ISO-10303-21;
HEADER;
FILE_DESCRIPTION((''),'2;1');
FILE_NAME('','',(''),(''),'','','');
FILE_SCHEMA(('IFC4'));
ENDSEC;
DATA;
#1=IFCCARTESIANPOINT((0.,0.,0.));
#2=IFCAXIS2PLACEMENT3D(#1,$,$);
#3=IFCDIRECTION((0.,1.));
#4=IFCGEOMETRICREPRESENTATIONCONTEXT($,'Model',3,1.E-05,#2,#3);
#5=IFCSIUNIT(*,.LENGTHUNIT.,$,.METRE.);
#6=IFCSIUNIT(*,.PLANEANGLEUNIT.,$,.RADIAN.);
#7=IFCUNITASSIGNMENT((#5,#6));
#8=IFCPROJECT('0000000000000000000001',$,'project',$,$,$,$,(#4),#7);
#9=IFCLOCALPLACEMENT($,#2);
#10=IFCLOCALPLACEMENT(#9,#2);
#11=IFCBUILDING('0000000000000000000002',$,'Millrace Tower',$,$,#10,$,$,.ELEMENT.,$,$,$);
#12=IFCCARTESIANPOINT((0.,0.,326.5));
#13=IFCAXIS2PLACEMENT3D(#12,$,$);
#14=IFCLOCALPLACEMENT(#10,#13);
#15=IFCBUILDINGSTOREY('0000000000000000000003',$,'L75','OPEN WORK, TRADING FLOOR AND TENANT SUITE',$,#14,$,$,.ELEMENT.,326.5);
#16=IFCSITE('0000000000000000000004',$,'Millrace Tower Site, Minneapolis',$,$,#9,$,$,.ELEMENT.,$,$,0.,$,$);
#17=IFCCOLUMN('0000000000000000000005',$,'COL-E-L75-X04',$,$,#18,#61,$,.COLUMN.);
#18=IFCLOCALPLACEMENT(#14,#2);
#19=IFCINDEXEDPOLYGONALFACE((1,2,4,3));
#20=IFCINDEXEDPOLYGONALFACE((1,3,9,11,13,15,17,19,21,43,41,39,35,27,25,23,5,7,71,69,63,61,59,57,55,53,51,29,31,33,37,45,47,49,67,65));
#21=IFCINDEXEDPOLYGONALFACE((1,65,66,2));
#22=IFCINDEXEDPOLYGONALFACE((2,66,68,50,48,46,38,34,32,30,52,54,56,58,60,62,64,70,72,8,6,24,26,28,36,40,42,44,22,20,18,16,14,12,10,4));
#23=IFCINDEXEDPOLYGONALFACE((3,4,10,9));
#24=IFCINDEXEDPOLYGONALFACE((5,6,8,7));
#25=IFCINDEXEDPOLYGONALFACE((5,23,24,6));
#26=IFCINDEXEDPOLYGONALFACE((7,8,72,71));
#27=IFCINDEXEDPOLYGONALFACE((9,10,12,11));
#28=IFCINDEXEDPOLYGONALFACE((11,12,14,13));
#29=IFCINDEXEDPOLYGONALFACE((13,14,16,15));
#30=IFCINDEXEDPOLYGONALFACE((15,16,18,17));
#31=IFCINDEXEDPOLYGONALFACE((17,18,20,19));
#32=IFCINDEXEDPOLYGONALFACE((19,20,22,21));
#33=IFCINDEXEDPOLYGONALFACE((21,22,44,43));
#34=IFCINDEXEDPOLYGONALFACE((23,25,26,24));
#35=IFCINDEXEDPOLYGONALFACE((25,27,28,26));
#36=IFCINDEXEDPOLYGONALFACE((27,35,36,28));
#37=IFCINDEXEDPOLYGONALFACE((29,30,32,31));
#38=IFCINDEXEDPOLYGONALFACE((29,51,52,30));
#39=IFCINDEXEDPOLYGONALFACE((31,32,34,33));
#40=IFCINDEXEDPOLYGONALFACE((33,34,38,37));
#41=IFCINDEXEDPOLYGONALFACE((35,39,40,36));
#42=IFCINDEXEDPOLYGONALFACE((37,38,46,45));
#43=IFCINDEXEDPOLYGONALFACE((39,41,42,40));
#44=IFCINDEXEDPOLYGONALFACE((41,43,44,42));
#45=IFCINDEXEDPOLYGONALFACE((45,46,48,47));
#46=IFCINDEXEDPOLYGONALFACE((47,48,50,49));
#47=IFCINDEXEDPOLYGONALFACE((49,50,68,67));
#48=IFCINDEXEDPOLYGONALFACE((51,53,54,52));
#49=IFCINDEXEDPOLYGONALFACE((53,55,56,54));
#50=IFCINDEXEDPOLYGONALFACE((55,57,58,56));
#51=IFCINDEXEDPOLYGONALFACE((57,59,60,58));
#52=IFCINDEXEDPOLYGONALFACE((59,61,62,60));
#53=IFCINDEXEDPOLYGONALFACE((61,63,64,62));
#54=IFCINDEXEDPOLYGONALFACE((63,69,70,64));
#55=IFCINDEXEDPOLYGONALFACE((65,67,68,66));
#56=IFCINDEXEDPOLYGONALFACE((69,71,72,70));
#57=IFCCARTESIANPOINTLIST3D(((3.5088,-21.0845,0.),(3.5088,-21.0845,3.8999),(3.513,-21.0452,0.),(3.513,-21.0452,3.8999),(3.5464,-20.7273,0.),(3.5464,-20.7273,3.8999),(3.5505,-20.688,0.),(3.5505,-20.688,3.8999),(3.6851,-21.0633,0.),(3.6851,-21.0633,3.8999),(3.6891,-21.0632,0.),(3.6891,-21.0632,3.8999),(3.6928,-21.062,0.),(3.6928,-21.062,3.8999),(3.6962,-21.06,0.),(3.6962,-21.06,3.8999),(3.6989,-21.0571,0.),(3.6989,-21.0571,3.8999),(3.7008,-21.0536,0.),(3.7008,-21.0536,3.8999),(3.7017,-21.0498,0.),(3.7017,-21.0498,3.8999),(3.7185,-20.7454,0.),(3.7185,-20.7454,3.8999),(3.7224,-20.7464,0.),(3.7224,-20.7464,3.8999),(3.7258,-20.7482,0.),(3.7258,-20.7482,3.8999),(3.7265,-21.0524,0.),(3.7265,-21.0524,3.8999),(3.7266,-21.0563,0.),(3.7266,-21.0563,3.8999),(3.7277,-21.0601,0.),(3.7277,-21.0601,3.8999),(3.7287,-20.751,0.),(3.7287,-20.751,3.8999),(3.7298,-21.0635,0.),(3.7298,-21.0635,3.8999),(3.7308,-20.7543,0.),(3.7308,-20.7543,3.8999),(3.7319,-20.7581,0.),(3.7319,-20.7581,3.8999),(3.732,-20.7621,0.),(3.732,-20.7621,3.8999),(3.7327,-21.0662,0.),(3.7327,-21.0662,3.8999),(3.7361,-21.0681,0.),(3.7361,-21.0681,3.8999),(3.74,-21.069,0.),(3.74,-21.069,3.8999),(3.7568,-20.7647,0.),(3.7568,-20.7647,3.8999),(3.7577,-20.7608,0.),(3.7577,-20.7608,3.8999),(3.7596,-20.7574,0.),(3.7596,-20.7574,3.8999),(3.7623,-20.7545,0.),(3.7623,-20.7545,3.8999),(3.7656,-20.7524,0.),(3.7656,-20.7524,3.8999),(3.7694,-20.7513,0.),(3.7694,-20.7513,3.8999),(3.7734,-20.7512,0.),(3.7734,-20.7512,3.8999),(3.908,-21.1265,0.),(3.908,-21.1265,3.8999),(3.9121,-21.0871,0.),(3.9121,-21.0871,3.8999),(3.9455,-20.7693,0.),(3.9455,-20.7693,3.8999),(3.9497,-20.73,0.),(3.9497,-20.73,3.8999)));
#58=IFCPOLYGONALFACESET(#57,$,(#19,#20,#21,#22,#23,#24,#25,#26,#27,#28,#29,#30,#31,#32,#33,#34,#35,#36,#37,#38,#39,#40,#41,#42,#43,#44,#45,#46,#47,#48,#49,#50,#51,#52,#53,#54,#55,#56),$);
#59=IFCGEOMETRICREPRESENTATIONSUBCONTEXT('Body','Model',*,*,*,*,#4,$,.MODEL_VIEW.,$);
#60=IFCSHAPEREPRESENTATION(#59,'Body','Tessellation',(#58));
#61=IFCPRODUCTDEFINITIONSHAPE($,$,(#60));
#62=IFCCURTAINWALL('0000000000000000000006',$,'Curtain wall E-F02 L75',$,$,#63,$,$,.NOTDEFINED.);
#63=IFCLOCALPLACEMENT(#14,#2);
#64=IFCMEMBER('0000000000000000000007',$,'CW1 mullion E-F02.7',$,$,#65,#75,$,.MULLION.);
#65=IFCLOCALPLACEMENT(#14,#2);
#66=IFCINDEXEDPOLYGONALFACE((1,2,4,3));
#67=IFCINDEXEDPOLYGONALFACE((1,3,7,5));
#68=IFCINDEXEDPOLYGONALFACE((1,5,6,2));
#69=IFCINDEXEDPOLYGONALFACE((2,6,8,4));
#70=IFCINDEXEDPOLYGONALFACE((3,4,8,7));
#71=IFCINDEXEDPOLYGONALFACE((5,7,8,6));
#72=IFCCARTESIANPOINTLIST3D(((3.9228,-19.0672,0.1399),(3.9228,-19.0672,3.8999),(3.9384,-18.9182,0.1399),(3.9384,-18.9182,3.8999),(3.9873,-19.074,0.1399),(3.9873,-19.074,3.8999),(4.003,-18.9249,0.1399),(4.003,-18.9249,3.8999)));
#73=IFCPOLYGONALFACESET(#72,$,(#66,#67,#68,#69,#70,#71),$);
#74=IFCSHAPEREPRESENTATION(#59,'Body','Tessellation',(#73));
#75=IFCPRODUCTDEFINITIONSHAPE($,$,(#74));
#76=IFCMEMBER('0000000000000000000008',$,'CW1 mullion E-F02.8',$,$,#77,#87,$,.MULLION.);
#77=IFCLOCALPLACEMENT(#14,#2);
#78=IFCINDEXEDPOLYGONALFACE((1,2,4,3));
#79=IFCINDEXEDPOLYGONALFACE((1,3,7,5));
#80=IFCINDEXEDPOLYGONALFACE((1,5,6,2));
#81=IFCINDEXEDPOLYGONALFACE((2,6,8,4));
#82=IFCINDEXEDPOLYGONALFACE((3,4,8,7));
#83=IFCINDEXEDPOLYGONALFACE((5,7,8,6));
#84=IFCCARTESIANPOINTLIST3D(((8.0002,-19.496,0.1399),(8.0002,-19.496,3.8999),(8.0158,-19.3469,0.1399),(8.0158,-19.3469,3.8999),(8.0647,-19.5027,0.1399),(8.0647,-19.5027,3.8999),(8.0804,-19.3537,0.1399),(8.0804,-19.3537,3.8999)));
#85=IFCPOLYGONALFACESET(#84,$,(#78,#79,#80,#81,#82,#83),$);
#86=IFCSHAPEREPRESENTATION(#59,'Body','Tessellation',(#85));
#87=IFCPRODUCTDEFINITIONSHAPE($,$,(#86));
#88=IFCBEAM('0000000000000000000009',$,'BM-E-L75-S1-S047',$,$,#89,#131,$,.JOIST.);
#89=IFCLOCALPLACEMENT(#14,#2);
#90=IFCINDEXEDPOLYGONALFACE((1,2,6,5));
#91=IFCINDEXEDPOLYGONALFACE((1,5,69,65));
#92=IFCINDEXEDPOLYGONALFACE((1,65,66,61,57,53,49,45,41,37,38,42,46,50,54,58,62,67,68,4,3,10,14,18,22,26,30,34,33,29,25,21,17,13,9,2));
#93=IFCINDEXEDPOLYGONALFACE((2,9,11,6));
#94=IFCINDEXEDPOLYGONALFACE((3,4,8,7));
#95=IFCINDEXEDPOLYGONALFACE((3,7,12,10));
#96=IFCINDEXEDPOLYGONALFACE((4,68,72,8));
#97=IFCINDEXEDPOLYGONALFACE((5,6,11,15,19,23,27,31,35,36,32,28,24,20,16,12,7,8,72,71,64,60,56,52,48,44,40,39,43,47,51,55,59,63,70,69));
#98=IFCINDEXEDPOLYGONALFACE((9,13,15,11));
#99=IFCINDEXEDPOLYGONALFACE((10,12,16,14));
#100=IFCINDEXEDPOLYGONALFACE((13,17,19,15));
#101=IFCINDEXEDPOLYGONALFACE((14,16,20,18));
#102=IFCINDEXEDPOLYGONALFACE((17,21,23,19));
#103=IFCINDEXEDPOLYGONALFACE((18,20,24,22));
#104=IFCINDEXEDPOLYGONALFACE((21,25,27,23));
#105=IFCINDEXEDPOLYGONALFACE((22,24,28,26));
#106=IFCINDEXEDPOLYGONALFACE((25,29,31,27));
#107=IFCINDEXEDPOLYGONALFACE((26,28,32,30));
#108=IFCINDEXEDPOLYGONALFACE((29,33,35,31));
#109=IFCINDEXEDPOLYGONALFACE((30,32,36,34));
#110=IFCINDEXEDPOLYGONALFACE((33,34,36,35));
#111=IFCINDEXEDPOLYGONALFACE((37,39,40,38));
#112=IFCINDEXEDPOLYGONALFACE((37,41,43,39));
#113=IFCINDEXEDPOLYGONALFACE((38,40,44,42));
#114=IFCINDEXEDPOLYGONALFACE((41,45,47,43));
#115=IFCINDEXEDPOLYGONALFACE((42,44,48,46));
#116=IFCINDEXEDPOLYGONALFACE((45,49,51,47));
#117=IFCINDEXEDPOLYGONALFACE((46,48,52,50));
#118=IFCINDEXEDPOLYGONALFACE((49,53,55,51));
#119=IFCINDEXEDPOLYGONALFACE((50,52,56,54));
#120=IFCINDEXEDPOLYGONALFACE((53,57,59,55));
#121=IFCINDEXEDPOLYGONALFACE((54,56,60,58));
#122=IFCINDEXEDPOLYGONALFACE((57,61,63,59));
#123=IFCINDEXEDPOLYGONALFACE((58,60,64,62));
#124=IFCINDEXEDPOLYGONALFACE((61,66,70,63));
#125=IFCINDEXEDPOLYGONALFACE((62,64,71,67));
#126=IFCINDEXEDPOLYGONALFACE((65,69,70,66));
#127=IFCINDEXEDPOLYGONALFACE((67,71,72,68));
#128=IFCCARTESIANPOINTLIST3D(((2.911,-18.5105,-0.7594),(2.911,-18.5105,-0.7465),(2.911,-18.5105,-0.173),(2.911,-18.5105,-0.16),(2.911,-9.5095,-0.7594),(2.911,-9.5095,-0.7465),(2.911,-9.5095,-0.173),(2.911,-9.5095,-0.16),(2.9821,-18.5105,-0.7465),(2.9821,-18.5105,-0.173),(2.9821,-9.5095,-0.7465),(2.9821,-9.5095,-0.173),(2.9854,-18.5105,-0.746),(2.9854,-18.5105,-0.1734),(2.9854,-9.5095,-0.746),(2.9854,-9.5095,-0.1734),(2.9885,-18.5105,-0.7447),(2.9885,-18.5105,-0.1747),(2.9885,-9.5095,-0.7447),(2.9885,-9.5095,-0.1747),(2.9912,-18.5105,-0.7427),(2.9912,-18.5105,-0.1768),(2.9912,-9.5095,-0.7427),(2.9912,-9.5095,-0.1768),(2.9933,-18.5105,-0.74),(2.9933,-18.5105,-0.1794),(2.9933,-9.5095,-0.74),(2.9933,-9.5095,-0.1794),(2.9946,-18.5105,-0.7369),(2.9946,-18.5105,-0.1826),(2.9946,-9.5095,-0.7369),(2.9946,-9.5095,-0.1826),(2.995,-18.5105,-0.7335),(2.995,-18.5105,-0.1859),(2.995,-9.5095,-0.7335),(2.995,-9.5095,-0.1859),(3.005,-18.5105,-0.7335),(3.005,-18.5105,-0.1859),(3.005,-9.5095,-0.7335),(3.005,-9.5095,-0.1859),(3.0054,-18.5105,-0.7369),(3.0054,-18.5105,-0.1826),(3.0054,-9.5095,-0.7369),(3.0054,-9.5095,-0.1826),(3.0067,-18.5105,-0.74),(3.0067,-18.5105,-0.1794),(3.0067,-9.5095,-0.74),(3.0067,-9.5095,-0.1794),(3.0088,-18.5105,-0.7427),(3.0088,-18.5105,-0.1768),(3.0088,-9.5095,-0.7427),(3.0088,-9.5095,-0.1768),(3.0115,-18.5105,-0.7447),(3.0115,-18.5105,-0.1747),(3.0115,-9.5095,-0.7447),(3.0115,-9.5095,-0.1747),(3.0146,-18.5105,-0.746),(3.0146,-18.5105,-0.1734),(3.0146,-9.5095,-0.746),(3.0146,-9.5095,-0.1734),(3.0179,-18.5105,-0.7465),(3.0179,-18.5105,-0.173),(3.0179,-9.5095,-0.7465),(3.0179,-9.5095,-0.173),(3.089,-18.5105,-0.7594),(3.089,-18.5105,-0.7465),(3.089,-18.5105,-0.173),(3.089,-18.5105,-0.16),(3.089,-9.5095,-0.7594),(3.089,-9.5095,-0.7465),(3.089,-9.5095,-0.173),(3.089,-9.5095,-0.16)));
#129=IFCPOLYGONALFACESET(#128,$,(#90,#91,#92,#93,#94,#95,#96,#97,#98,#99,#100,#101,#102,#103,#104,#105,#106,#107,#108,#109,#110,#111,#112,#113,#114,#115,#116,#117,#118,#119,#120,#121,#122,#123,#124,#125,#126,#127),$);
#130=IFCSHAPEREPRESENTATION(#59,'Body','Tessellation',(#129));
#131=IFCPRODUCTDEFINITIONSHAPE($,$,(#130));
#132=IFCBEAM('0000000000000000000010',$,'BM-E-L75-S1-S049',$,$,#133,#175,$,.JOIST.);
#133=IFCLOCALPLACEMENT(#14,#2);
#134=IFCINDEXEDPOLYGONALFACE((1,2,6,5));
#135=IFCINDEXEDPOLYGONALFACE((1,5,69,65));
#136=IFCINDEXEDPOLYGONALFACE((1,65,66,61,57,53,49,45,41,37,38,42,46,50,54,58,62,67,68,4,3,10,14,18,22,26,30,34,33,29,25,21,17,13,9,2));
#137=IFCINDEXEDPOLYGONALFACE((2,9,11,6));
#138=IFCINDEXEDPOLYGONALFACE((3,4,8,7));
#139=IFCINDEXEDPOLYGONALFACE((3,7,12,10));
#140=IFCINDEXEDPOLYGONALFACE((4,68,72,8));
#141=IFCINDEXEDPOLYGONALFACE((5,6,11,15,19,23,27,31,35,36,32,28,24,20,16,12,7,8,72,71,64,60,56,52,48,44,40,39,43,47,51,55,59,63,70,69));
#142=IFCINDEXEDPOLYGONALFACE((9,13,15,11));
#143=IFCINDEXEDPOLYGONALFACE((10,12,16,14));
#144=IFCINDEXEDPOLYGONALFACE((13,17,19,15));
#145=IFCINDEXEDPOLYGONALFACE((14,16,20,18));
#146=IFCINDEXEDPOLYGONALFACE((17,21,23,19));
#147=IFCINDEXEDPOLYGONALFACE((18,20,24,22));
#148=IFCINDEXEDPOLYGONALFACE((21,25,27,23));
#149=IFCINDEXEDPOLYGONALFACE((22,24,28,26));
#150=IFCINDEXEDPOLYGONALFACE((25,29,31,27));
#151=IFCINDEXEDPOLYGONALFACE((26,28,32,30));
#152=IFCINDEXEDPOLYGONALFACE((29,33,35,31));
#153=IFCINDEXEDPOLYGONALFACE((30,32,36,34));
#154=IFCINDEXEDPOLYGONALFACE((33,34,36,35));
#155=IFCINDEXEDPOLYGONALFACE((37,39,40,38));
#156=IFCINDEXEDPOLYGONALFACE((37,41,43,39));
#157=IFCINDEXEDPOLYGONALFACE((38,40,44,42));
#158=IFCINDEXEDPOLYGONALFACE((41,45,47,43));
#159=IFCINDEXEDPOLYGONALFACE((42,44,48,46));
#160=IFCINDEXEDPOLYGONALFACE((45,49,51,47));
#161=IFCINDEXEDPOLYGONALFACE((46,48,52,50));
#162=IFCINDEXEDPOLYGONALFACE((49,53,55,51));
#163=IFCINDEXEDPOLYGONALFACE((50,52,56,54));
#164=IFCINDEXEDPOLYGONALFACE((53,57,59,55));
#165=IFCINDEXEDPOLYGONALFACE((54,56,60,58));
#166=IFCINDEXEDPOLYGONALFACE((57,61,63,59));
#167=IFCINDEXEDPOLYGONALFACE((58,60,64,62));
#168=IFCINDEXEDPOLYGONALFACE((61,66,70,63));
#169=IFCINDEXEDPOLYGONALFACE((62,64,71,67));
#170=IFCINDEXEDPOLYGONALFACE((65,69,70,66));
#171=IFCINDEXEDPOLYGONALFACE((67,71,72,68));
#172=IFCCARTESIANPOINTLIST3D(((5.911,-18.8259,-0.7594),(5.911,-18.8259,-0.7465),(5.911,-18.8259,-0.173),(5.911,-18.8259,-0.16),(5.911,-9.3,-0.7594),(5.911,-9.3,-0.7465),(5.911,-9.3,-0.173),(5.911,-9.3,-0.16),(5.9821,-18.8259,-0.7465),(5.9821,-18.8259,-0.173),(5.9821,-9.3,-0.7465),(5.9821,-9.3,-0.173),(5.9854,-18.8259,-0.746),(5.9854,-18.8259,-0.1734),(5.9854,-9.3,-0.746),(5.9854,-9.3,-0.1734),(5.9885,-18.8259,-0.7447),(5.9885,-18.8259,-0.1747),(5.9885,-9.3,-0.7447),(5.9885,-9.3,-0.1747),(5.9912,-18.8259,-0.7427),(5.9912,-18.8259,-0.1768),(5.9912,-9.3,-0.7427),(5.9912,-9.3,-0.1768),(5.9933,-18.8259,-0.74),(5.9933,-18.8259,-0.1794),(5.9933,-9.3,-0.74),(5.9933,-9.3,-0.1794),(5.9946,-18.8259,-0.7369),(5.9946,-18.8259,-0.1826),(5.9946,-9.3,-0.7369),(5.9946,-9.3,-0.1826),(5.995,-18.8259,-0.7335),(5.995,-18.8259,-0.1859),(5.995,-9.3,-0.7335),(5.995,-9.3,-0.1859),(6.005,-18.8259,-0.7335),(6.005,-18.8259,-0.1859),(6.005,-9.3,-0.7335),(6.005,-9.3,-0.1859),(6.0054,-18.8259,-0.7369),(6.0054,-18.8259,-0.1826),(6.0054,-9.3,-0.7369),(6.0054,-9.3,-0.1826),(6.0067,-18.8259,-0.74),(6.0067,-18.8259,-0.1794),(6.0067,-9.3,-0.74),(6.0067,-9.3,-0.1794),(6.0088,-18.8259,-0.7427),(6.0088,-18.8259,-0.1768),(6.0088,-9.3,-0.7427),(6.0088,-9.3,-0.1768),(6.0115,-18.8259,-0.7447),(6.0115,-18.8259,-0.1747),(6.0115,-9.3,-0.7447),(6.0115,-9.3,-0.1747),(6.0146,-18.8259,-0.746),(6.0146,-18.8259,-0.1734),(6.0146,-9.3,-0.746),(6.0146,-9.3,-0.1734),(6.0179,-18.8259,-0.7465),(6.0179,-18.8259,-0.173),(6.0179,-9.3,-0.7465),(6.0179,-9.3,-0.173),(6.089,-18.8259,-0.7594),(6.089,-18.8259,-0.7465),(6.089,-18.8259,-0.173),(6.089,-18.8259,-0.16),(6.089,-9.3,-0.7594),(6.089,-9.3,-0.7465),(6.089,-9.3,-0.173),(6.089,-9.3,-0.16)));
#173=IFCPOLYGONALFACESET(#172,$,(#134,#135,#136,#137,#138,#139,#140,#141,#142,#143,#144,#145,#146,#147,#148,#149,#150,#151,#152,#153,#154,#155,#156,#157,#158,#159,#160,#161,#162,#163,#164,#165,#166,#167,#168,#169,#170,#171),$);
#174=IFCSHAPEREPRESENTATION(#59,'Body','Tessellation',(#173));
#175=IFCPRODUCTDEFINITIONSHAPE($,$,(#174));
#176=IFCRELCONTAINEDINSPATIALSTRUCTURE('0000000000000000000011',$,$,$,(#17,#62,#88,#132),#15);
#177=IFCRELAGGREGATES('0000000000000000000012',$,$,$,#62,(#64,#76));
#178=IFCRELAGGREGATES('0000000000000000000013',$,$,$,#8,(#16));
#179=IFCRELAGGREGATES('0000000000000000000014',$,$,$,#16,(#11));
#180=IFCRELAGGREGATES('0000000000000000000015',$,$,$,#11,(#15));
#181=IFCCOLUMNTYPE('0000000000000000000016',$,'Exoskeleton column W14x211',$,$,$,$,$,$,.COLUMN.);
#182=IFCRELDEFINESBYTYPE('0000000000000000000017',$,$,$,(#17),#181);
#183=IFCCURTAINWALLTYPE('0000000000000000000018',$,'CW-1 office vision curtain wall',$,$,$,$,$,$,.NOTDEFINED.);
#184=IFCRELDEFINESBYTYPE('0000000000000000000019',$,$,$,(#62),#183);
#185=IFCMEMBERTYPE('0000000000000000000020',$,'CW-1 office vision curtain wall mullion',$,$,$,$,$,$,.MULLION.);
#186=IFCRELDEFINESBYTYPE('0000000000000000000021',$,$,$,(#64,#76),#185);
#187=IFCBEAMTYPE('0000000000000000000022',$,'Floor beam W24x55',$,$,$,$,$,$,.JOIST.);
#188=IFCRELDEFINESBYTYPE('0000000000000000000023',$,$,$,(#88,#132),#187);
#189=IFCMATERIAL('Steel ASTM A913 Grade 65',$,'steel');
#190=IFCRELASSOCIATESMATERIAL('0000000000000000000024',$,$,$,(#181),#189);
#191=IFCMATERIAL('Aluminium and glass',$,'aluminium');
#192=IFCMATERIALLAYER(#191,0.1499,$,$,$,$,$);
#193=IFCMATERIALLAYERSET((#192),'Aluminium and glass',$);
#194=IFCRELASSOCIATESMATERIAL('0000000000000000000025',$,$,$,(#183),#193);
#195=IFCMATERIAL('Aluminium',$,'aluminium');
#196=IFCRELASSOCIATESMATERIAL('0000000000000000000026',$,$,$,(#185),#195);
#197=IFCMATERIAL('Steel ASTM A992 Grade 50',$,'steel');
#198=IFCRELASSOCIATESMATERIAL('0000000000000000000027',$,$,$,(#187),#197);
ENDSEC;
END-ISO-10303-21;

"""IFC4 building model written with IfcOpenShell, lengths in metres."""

from ifc_helpers import new_model, si_unit, direction, frame, origin, origin_2d, place, context, subcontext, project, spatial, rectangle, i_section, extrude, material, layer, layer_set, material_profile, profile_set, type_object, element, aggregate, save


model = new_model("IFC4")

# Units and contexts
model_context = context("Model", 3, precision=1e-05, world=origin(), true_north=direction((0.0, 1.0)))
body_context = subcontext(model_context, "Body", "Model", "MODEL_VIEW")
ifc_project = project(units=[si_unit("LENGTHUNIT", "METRE"), si_unit("PLANEANGLEUNIT", "RADIAN")], contexts=[model_context])

# Site, building, storey
site_placement = place(None, origin())
site = spatial("IfcSite", under=ifc_project, at=site_placement, Name="Millrace Tower Site, Minneapolis", CompositionType="ELEMENT", RefElevation=0.0)
building_placement = place(site_placement, origin())
building = spatial("IfcBuilding", under=site, at=building_placement, Name="Millrace Tower", CompositionType="ELEMENT")
storey_placement = place(building_placement, frame((0.0, 0.0, 326.5)))
storey = spatial("IfcBuildingStorey", under=building, at=storey_placement, Name="L75", Description="OPEN WORK, TRADING FLOOR AND TENANT SUITE", CompositionType="ELEMENT", Elevation=326.5)

# Column
ifc_material_1 = material(Name="Steel ASTM A913 Grade 65", Category="steel")
ifc_material_profile_1 = material_profile(ifc_material_1, i_section(OverallWidth=0.4014, OverallDepth=0.3987, WebThickness=0.0249, FlangeThickness=0.0396, FilletRadius=0.0151, at=origin_2d()))
ifc_profile_set_1 = profile_set([ifc_material_profile_1], Name="Steel ASTM A913 Grade 65")
column_type = type_object("IfcColumnType", Name="Exoskeleton column W14x211", PredefinedType="COLUMN", material=ifc_profile_set_1)
column_placement = place(storey_placement, frame((3.7292, -20.9072, 0.0), z_axis=(0.0, 0.0, 1.0), x_axis=(0.994522, -0.104528, 0.0)))
element("IfcColumn", 1, at=column_placement, inside=storey, type_object=column_type, Name="COL-E-L75-X04", PredefinedType="COLUMN", context=body_context, shape_type="SweptSolid", body=[
    extrude(i_section(OverallWidth=0.4014, OverallDepth=0.3987, WebThickness=0.0249, FlangeThickness=0.0396, FilletRadius=0.0151, at=origin_2d()), origin(), (0.0, 0.0, 1.0), 3.8999),
])

# Curtain wall, members
ifc_material_2 = material(Name="Aluminium and glass", Category="aluminium")
ifc_layer_1 = layer(ifc_material_2, 0.1499)
ifc_layer_set_1 = layer_set([ifc_layer_1], Name="Aluminium and glass")
curtain_wall_type = type_object("IfcCurtainWallType", Name="CW-1 office vision curtain wall", PredefinedType="NOTDEFINED", material=ifc_layer_set_1)
placement = place(storey_placement, origin())
curtain_wall = element("IfcCurtainWall", 2, at=placement, inside=storey, type_object=curtain_wall_type, Name="Curtain wall E-F02 L75", PredefinedType="NOTDEFINED")
ifc_material_3 = material(Name="Aluminium", Category="aluminium")
ifc_material_profile_2 = material_profile(ifc_material_3, rectangle(XDim=0.0649, YDim=0.1499, at=origin_2d()))
ifc_profile_set_2 = profile_set([ifc_material_profile_2], Name="Aluminium")
member_type = type_object("IfcMemberType", Name="CW-1 office vision curtain wall mullion", PredefinedType="MULLION", material=ifc_profile_set_2)
member_1_placement = place(storey_placement, frame((3.9629, -18.9961, 0.1399), z_axis=(0.0, 0.0, 1.0), x_axis=(0.994522, -0.104528, 0.0)))
member_1 = element("IfcMember", 3, at=member_1_placement, type_object=member_type, Name="CW1 mullion E-F02.7", PredefinedType="MULLION", context=body_context, shape_type="SweptSolid", body=[
    extrude(rectangle(XDim=0.0649, YDim=0.1499, at=origin_2d()), origin(), (0.0, 0.0, 1.0), 3.76),
])
member_2_placement = place(storey_placement, frame((8.0403, -19.4248, 0.1399), z_axis=(0.0, 0.0, 1.0), x_axis=(0.994522, -0.104528, 0.0)))
member_2 = element("IfcMember", 4, at=member_2_placement, type_object=member_type, Name="CW1 mullion E-F02.8", PredefinedType="MULLION", context=body_context, shape_type="SweptSolid", body=[
    extrude(rectangle(XDim=0.0649, YDim=0.1499, at=origin_2d()), origin(), (0.0, 0.0, 1.0), 3.76),
])
aggregate(curtain_wall, [member_1, member_2])

# Beams
ifc_material_4 = material(Name="Steel ASTM A992 Grade 50", Category="steel")
ifc_material_profile_3 = material_profile(ifc_material_4, i_section(OverallWidth=0.178, OverallDepth=0.5994, WebThickness=0.01, FlangeThickness=0.0129, FilletRadius=0.0129, at=origin_2d()))
ifc_profile_set_3 = profile_set([ifc_material_profile_3], Name="Steel ASTM A992 Grade 50")
beam_type_1 = type_object("IfcBeamType", Name="Floor beam W24x55", PredefinedType="JOIST", material=ifc_profile_set_3)
beam_1_placement = place(storey_placement, frame((3.0, -18.5105, -0.4597), z_axis=(0.0, 1.0, 0.0), x_axis=(-1.0, 0.0, 0.0)))
element("IfcBeam", 5, at=beam_1_placement, inside=storey, type_object=beam_type_1, Name="BM-E-L75-S1-S047", PredefinedType="JOIST", context=body_context, shape_type="SweptSolid", body=[
    extrude(i_section(OverallWidth=0.178, OverallDepth=0.5994, WebThickness=0.01, FlangeThickness=0.0129, FilletRadius=0.0129, at=origin_2d()), origin(), (0.0, 0.0, 1.0), 9.001),
])
beam_2_placement = place(storey_placement, frame((6.0, -18.8259, -0.4597), z_axis=(0.0, 1.0, 0.0), x_axis=(-1.0, 0.0, 0.0)))
element("IfcBeam", 6, at=beam_2_placement, inside=storey, type_object=beam_type_1, Name="BM-E-L75-S1-S049", PredefinedType="JOIST", context=body_context, shape_type="SweptSolid", body=[
    extrude(i_section(OverallWidth=0.178, OverallDepth=0.5994, WebThickness=0.01, FlangeThickness=0.0129, FilletRadius=0.0129, at=origin_2d()), origin(), (0.0, 0.0, 1.0), 9.5259),
])

save(model, "model.ifc")
